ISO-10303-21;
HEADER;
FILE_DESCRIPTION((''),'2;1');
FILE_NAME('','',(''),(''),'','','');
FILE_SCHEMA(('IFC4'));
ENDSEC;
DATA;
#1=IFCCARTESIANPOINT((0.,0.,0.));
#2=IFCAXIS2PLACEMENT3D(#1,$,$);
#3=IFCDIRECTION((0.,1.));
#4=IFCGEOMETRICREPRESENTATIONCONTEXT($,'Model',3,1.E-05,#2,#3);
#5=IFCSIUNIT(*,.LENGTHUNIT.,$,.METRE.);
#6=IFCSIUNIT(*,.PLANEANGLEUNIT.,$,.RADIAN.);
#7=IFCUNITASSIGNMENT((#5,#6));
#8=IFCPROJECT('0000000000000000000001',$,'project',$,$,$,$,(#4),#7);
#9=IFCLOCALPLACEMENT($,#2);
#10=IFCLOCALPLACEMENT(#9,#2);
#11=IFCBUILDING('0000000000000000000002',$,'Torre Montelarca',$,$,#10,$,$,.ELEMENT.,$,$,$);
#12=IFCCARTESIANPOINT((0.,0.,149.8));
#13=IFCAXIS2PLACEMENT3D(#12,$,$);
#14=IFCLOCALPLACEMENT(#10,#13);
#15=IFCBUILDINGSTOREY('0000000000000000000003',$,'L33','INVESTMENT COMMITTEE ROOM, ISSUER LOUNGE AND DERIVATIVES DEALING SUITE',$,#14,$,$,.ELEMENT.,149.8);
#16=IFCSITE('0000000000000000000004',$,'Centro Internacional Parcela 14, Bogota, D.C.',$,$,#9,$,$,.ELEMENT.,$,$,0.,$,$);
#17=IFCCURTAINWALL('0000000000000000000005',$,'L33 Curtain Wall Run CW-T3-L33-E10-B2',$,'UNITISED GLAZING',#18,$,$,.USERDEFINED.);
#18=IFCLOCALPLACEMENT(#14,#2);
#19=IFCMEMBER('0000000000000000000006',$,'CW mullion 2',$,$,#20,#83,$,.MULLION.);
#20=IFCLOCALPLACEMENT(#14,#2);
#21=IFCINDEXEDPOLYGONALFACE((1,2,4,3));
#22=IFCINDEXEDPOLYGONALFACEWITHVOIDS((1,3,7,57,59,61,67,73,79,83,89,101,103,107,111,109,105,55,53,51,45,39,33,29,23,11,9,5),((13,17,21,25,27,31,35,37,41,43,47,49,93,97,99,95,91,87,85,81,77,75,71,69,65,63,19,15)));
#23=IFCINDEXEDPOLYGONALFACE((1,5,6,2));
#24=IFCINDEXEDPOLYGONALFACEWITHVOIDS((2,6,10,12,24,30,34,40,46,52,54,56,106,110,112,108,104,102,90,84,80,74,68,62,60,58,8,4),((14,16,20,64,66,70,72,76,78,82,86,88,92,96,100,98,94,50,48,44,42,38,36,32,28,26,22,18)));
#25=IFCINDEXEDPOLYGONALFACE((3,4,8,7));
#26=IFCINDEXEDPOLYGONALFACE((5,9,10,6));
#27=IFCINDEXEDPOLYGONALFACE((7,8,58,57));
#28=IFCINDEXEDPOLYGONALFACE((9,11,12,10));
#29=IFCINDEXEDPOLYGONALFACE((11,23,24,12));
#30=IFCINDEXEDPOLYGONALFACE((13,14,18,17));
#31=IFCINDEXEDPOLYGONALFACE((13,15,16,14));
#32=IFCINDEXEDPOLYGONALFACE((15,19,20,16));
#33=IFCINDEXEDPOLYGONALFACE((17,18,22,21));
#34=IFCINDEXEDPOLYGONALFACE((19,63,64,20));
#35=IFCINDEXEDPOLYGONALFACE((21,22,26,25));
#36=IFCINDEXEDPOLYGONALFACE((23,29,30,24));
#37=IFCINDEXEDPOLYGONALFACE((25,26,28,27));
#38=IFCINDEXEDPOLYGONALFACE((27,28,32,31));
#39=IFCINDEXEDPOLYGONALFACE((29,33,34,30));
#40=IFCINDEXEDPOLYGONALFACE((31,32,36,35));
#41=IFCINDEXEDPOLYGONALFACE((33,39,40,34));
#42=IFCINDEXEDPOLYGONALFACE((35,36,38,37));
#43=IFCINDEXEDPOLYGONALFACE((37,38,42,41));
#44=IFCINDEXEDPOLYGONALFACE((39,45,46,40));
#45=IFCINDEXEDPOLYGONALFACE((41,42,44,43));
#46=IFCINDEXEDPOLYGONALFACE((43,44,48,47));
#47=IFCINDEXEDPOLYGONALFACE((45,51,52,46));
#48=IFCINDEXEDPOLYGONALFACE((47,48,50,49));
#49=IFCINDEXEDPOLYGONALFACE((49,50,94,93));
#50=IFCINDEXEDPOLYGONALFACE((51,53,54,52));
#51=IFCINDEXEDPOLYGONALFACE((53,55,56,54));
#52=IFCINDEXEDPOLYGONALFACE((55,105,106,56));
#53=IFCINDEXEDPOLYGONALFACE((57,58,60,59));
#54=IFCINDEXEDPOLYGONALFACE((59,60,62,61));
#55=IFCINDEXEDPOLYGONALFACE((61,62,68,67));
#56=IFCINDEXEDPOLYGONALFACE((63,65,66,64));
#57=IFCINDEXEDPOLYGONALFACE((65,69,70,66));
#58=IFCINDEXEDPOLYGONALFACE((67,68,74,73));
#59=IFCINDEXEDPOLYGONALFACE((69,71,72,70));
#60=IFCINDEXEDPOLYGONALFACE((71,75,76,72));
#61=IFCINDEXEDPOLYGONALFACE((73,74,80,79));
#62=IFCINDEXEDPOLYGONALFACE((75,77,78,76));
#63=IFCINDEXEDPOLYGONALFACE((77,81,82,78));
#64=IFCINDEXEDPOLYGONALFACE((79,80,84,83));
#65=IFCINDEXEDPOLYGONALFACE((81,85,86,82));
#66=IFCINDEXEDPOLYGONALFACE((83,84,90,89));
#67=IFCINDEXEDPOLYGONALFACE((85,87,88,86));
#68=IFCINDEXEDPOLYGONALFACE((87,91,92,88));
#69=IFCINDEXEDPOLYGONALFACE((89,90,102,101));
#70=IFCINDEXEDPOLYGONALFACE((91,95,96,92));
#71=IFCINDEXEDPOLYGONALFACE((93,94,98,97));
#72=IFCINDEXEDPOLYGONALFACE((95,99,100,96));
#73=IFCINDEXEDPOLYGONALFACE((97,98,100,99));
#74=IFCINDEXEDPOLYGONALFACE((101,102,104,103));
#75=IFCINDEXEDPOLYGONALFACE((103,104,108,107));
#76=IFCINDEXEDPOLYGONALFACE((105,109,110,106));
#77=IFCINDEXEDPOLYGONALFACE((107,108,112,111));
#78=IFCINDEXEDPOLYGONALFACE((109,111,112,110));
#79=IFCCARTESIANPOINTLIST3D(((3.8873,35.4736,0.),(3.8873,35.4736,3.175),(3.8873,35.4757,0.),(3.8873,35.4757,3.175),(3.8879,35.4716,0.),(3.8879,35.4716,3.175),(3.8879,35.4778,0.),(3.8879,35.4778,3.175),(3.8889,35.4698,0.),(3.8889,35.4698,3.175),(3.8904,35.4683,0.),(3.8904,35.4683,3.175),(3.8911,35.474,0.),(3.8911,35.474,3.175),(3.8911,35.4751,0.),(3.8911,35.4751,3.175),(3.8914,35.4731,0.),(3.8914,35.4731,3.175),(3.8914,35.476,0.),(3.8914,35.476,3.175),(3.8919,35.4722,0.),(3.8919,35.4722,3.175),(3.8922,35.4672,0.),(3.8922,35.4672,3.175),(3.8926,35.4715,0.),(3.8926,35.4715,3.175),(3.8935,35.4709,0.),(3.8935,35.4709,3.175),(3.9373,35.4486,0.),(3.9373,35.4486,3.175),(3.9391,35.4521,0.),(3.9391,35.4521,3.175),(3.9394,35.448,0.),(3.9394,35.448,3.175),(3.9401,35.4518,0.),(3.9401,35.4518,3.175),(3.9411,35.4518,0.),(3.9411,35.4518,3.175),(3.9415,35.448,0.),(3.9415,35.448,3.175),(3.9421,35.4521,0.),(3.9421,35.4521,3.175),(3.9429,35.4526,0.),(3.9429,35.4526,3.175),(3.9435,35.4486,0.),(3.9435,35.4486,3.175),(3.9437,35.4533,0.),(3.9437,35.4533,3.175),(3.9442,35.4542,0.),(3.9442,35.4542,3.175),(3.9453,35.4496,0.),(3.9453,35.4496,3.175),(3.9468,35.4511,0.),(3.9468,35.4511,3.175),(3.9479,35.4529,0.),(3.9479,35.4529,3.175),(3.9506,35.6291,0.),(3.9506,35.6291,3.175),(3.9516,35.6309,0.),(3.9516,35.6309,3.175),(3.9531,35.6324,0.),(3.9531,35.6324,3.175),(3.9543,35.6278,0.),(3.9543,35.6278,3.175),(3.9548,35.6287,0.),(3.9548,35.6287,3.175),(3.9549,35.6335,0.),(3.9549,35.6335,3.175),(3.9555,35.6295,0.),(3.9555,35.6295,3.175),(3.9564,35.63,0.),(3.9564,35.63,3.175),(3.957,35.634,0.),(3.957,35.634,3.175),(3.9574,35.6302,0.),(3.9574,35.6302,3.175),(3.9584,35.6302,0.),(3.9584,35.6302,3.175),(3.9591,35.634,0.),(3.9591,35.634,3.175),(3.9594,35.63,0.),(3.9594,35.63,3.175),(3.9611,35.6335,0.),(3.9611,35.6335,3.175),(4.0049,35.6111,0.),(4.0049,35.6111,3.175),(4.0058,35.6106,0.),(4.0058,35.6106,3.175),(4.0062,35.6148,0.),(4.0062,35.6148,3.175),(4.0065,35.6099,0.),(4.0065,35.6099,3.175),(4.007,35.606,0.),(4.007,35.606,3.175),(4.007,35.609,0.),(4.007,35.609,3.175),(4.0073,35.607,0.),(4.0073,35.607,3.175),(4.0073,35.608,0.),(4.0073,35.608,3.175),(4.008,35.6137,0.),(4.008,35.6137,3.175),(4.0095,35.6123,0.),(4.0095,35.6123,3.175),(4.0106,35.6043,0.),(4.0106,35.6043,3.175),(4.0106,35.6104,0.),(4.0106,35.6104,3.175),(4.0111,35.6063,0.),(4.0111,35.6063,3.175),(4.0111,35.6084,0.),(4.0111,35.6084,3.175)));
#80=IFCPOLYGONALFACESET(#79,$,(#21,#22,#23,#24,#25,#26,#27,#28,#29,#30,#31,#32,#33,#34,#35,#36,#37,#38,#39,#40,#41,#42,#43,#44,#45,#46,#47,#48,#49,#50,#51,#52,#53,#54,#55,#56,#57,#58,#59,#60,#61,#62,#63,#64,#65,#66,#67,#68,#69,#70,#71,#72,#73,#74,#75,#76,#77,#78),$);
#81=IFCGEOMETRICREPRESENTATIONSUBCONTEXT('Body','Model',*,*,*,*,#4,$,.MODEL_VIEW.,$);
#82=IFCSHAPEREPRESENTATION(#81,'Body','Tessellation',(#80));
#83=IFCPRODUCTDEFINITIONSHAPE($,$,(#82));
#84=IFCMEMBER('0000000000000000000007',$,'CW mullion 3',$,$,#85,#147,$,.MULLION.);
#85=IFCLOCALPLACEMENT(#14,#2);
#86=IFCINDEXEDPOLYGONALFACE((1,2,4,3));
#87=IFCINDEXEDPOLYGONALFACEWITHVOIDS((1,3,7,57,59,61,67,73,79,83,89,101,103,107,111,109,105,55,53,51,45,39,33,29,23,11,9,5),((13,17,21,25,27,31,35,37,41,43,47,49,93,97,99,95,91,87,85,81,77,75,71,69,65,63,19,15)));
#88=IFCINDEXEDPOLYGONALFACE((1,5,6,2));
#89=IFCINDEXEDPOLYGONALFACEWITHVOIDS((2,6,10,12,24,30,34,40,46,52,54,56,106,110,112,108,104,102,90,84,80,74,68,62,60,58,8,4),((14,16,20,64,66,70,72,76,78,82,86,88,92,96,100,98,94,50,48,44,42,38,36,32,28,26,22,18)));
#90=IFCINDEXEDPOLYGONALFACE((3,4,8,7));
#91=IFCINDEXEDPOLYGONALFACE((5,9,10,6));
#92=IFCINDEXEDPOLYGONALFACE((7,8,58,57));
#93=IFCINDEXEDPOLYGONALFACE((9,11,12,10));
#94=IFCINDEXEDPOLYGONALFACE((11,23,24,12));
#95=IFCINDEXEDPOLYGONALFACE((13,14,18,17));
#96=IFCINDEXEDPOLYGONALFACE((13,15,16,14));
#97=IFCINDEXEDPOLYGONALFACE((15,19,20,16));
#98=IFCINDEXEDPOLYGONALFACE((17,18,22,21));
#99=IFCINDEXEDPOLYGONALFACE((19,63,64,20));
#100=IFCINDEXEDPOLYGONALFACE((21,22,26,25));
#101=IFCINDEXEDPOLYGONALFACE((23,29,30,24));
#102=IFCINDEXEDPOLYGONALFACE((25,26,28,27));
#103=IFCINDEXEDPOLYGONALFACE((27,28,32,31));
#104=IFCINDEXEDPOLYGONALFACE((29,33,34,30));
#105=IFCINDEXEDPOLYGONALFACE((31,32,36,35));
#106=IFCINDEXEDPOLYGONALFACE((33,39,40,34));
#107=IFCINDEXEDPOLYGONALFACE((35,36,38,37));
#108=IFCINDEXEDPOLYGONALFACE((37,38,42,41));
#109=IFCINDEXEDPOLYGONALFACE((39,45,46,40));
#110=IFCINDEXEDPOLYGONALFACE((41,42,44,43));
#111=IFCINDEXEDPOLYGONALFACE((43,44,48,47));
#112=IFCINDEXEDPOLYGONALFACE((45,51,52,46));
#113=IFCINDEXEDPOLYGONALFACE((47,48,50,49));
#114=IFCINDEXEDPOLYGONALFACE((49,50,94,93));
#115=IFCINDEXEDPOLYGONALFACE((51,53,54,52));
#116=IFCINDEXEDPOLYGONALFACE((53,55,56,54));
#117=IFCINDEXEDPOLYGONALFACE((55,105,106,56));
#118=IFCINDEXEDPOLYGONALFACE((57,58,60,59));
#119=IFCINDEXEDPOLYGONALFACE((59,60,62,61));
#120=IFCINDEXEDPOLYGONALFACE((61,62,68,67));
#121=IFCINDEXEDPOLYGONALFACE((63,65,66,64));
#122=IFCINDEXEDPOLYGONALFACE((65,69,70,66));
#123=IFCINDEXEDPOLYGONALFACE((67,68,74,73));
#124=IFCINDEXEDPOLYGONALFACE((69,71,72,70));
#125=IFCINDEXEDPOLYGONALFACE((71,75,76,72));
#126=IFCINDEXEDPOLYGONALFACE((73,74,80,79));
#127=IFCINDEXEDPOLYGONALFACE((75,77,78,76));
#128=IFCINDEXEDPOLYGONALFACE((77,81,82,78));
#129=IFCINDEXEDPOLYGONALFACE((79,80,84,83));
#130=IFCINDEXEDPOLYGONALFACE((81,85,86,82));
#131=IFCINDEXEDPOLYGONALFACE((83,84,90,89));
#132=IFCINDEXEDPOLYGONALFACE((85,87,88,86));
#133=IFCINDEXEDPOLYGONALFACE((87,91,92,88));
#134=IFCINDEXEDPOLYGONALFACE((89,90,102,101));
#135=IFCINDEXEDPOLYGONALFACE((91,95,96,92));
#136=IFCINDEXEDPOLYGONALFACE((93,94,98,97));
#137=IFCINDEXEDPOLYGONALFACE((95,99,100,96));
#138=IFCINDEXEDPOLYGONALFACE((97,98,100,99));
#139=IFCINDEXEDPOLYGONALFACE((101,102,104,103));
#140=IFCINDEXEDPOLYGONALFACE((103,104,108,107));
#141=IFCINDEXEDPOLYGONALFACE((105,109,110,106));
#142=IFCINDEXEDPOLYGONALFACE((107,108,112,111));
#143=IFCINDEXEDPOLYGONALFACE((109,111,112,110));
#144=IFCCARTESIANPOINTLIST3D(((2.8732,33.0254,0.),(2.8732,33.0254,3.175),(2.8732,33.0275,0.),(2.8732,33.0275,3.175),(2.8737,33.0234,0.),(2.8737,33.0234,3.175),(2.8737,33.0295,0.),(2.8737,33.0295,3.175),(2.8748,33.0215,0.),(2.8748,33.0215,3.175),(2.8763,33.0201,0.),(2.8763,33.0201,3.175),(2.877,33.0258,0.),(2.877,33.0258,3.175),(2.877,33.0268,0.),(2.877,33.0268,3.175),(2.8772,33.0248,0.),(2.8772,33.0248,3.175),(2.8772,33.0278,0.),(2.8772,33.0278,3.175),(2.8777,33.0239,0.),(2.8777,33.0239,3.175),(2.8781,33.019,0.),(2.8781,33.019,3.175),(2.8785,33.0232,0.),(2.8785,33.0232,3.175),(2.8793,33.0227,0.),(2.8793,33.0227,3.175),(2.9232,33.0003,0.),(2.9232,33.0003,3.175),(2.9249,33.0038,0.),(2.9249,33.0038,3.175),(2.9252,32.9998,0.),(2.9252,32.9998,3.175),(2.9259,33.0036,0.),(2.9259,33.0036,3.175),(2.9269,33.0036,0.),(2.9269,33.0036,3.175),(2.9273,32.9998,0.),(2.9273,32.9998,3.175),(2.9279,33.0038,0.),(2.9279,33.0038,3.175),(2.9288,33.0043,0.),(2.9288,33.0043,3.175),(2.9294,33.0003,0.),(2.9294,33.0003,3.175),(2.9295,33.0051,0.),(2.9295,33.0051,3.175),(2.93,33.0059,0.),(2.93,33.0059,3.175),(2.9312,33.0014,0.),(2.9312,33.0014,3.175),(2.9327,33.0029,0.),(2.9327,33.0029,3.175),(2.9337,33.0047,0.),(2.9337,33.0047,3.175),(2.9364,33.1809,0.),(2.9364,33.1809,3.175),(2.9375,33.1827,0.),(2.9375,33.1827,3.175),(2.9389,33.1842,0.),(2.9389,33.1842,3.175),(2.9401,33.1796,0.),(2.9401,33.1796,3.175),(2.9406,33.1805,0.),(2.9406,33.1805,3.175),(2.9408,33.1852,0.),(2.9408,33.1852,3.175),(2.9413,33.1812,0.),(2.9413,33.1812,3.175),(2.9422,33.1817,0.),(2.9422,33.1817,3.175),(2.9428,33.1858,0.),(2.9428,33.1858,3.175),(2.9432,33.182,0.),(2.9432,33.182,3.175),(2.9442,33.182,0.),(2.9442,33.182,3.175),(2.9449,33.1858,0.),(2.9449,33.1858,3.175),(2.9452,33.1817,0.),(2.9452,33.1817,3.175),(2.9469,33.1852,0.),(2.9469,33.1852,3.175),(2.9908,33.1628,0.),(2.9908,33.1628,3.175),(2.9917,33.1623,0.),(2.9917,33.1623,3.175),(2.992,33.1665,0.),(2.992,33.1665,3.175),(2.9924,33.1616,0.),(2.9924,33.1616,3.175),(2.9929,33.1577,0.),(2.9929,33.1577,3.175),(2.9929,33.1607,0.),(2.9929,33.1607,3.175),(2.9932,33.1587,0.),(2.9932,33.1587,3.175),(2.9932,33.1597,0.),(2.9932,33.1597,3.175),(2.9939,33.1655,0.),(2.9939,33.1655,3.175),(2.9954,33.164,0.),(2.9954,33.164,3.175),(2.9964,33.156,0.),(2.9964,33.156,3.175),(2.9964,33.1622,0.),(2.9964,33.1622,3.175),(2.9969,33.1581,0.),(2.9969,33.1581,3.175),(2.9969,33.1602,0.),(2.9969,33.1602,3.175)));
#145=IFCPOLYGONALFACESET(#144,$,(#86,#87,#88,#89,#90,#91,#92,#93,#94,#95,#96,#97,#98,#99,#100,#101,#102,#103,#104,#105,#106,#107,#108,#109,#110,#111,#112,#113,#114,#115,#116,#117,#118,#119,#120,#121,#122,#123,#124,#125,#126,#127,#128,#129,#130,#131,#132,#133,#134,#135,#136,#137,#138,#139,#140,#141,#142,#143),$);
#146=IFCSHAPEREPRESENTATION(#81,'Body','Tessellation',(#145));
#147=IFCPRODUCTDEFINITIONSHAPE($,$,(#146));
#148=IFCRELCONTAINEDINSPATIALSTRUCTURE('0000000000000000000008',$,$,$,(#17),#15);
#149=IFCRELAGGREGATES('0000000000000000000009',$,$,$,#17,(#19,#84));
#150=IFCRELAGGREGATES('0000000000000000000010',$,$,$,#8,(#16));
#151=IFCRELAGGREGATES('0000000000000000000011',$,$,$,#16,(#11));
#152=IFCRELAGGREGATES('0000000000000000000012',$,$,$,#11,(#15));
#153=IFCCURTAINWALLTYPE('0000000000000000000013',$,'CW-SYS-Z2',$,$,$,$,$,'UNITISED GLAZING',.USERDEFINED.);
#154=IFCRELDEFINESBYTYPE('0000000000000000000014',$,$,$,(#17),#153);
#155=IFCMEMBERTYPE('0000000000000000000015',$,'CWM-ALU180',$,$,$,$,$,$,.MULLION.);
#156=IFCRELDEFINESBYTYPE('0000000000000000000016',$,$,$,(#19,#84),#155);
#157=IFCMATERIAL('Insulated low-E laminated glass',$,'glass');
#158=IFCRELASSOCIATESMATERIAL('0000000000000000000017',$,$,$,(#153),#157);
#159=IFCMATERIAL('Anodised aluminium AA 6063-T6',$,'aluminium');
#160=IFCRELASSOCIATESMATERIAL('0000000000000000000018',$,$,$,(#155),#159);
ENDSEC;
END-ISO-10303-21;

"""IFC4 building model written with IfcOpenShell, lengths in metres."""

from ifc_helpers import new_model, si_unit, direction, frame, origin, origin_2d, place, context, subcontext, project, spatial, hollow_rectangle, extrude, source, transform, mapped, material, material_profile, profile_set, type_object, element, aggregate, save


model = new_model("IFC4")

# Units and contexts
model_context = context("Model", 3, precision=1e-05, world=origin(), true_north=direction((0.0, 1.0)))
body_context = subcontext(model_context, "Body", "Model", "MODEL_VIEW")
ifc_project = project(units=[si_unit("LENGTHUNIT", "METRE"), si_unit("PLANEANGLEUNIT", "RADIAN")], contexts=[model_context])

# Site, building, storey
site_placement = place(None, origin())
site = spatial("IfcSite", under=ifc_project, at=site_placement, Name="Centro Internacional Parcela 14, Bogota, D.C.", CompositionType="ELEMENT", RefElevation=0.0)
building_placement = place(site_placement, origin())
building = spatial("IfcBuilding", under=site, at=building_placement, Name="Torre Montelarca", CompositionType="ELEMENT")
storey_placement = place(building_placement, frame((0.0, 0.0, 149.8)))
storey = spatial("IfcBuildingStorey", under=building, at=storey_placement, Name="L33", Description="INVESTMENT COMMITTEE ROOM, ISSUER LOUNGE AND DERIVATIVES DEALING SUITE", CompositionType="ELEMENT", Elevation=149.8)

# Curtain wall, members
ifc_material_1 = material(Name="Insulated low-E laminated glass", Category="glass")
curtain_wall_type = type_object("IfcCurtainWallType", Name="CW-SYS-Z2", ElementType="UNITISED GLAZING", PredefinedType="USERDEFINED", material=ifc_material_1)
curtain_wall_1_placement = place(storey_placement, origin())
curtain_wall_1 = element("IfcCurtainWall", 1, at=curtain_wall_1_placement, inside=storey, type_object=curtain_wall_type, Name="L33 Curtain Wall Run CW-T3-L33-E10-B2", ObjectType="UNITISED GLAZING", PredefinedType="USERDEFINED")
ifc_material_2 = material(Name="Anodised aluminium AA 6063-T6", Category="aluminium")
ifc_material_profile_1 = material_profile(ifc_material_2, hollow_rectangle(XDim=0.0649, YDim=0.1799, WallThickness=0.0039, InnerFilletRadius=0.0039, OuterFilletRadius=0.0081, at=origin_2d()), Name="ALU65X180X4", Category="aluminium")
ifc_profile_set_1 = profile_set([ifc_material_profile_1], Name="Anodised aluminium AA 6063-T6")
member_type_1 = type_object("IfcMemberType", Name="CWM-ALU180", PredefinedType="MULLION", material=ifc_profile_set_1)
shared_shape_1 = source(origin(), body_context, "Body", "SweptSolid", [
    extrude(hollow_rectangle(XDim=0.0649, YDim=0.1799, WallThickness=0.0039, InnerFilletRadius=0.0039, OuterFilletRadius=0.0081, at=origin_2d()), origin(), (0.0, 0.0, 1.0), 3.175),
])
member_1_placement = place(storey_placement, frame((3.9492, 35.541, 0.0), z_axis=(0.0, 0.0, 1.0), x_axis=(0.923879, -0.382685, 0.0)))
member_1 = element("IfcMember", 2, at=member_1_placement, type_object=member_type_1, Name="CW mullion 2", PredefinedType="MULLION", context=body_context, shape_type="MappedRepresentation", body=[
    mapped(shared_shape_1, transform((0.0, 0.0, 0.0), scale=1.0)),
])
member_2_placement = place(storey_placement, frame((2.9351, 33.0928, 0.0), z_axis=(0.0, 0.0, 1.0), x_axis=(0.923879, -0.382685, 0.0)))
member_2 = element("IfcMember", 3, at=member_2_placement, type_object=member_type_1, Name="CW mullion 3", PredefinedType="MULLION", context=body_context, shape_type="MappedRepresentation", body=[
    mapped(shared_shape_1, transform((0.0, 0.0, 0.0), scale=1.0)),
])

aggregate(curtain_wall_1, [member_1, member_2])

save(model, "model.ifc")
